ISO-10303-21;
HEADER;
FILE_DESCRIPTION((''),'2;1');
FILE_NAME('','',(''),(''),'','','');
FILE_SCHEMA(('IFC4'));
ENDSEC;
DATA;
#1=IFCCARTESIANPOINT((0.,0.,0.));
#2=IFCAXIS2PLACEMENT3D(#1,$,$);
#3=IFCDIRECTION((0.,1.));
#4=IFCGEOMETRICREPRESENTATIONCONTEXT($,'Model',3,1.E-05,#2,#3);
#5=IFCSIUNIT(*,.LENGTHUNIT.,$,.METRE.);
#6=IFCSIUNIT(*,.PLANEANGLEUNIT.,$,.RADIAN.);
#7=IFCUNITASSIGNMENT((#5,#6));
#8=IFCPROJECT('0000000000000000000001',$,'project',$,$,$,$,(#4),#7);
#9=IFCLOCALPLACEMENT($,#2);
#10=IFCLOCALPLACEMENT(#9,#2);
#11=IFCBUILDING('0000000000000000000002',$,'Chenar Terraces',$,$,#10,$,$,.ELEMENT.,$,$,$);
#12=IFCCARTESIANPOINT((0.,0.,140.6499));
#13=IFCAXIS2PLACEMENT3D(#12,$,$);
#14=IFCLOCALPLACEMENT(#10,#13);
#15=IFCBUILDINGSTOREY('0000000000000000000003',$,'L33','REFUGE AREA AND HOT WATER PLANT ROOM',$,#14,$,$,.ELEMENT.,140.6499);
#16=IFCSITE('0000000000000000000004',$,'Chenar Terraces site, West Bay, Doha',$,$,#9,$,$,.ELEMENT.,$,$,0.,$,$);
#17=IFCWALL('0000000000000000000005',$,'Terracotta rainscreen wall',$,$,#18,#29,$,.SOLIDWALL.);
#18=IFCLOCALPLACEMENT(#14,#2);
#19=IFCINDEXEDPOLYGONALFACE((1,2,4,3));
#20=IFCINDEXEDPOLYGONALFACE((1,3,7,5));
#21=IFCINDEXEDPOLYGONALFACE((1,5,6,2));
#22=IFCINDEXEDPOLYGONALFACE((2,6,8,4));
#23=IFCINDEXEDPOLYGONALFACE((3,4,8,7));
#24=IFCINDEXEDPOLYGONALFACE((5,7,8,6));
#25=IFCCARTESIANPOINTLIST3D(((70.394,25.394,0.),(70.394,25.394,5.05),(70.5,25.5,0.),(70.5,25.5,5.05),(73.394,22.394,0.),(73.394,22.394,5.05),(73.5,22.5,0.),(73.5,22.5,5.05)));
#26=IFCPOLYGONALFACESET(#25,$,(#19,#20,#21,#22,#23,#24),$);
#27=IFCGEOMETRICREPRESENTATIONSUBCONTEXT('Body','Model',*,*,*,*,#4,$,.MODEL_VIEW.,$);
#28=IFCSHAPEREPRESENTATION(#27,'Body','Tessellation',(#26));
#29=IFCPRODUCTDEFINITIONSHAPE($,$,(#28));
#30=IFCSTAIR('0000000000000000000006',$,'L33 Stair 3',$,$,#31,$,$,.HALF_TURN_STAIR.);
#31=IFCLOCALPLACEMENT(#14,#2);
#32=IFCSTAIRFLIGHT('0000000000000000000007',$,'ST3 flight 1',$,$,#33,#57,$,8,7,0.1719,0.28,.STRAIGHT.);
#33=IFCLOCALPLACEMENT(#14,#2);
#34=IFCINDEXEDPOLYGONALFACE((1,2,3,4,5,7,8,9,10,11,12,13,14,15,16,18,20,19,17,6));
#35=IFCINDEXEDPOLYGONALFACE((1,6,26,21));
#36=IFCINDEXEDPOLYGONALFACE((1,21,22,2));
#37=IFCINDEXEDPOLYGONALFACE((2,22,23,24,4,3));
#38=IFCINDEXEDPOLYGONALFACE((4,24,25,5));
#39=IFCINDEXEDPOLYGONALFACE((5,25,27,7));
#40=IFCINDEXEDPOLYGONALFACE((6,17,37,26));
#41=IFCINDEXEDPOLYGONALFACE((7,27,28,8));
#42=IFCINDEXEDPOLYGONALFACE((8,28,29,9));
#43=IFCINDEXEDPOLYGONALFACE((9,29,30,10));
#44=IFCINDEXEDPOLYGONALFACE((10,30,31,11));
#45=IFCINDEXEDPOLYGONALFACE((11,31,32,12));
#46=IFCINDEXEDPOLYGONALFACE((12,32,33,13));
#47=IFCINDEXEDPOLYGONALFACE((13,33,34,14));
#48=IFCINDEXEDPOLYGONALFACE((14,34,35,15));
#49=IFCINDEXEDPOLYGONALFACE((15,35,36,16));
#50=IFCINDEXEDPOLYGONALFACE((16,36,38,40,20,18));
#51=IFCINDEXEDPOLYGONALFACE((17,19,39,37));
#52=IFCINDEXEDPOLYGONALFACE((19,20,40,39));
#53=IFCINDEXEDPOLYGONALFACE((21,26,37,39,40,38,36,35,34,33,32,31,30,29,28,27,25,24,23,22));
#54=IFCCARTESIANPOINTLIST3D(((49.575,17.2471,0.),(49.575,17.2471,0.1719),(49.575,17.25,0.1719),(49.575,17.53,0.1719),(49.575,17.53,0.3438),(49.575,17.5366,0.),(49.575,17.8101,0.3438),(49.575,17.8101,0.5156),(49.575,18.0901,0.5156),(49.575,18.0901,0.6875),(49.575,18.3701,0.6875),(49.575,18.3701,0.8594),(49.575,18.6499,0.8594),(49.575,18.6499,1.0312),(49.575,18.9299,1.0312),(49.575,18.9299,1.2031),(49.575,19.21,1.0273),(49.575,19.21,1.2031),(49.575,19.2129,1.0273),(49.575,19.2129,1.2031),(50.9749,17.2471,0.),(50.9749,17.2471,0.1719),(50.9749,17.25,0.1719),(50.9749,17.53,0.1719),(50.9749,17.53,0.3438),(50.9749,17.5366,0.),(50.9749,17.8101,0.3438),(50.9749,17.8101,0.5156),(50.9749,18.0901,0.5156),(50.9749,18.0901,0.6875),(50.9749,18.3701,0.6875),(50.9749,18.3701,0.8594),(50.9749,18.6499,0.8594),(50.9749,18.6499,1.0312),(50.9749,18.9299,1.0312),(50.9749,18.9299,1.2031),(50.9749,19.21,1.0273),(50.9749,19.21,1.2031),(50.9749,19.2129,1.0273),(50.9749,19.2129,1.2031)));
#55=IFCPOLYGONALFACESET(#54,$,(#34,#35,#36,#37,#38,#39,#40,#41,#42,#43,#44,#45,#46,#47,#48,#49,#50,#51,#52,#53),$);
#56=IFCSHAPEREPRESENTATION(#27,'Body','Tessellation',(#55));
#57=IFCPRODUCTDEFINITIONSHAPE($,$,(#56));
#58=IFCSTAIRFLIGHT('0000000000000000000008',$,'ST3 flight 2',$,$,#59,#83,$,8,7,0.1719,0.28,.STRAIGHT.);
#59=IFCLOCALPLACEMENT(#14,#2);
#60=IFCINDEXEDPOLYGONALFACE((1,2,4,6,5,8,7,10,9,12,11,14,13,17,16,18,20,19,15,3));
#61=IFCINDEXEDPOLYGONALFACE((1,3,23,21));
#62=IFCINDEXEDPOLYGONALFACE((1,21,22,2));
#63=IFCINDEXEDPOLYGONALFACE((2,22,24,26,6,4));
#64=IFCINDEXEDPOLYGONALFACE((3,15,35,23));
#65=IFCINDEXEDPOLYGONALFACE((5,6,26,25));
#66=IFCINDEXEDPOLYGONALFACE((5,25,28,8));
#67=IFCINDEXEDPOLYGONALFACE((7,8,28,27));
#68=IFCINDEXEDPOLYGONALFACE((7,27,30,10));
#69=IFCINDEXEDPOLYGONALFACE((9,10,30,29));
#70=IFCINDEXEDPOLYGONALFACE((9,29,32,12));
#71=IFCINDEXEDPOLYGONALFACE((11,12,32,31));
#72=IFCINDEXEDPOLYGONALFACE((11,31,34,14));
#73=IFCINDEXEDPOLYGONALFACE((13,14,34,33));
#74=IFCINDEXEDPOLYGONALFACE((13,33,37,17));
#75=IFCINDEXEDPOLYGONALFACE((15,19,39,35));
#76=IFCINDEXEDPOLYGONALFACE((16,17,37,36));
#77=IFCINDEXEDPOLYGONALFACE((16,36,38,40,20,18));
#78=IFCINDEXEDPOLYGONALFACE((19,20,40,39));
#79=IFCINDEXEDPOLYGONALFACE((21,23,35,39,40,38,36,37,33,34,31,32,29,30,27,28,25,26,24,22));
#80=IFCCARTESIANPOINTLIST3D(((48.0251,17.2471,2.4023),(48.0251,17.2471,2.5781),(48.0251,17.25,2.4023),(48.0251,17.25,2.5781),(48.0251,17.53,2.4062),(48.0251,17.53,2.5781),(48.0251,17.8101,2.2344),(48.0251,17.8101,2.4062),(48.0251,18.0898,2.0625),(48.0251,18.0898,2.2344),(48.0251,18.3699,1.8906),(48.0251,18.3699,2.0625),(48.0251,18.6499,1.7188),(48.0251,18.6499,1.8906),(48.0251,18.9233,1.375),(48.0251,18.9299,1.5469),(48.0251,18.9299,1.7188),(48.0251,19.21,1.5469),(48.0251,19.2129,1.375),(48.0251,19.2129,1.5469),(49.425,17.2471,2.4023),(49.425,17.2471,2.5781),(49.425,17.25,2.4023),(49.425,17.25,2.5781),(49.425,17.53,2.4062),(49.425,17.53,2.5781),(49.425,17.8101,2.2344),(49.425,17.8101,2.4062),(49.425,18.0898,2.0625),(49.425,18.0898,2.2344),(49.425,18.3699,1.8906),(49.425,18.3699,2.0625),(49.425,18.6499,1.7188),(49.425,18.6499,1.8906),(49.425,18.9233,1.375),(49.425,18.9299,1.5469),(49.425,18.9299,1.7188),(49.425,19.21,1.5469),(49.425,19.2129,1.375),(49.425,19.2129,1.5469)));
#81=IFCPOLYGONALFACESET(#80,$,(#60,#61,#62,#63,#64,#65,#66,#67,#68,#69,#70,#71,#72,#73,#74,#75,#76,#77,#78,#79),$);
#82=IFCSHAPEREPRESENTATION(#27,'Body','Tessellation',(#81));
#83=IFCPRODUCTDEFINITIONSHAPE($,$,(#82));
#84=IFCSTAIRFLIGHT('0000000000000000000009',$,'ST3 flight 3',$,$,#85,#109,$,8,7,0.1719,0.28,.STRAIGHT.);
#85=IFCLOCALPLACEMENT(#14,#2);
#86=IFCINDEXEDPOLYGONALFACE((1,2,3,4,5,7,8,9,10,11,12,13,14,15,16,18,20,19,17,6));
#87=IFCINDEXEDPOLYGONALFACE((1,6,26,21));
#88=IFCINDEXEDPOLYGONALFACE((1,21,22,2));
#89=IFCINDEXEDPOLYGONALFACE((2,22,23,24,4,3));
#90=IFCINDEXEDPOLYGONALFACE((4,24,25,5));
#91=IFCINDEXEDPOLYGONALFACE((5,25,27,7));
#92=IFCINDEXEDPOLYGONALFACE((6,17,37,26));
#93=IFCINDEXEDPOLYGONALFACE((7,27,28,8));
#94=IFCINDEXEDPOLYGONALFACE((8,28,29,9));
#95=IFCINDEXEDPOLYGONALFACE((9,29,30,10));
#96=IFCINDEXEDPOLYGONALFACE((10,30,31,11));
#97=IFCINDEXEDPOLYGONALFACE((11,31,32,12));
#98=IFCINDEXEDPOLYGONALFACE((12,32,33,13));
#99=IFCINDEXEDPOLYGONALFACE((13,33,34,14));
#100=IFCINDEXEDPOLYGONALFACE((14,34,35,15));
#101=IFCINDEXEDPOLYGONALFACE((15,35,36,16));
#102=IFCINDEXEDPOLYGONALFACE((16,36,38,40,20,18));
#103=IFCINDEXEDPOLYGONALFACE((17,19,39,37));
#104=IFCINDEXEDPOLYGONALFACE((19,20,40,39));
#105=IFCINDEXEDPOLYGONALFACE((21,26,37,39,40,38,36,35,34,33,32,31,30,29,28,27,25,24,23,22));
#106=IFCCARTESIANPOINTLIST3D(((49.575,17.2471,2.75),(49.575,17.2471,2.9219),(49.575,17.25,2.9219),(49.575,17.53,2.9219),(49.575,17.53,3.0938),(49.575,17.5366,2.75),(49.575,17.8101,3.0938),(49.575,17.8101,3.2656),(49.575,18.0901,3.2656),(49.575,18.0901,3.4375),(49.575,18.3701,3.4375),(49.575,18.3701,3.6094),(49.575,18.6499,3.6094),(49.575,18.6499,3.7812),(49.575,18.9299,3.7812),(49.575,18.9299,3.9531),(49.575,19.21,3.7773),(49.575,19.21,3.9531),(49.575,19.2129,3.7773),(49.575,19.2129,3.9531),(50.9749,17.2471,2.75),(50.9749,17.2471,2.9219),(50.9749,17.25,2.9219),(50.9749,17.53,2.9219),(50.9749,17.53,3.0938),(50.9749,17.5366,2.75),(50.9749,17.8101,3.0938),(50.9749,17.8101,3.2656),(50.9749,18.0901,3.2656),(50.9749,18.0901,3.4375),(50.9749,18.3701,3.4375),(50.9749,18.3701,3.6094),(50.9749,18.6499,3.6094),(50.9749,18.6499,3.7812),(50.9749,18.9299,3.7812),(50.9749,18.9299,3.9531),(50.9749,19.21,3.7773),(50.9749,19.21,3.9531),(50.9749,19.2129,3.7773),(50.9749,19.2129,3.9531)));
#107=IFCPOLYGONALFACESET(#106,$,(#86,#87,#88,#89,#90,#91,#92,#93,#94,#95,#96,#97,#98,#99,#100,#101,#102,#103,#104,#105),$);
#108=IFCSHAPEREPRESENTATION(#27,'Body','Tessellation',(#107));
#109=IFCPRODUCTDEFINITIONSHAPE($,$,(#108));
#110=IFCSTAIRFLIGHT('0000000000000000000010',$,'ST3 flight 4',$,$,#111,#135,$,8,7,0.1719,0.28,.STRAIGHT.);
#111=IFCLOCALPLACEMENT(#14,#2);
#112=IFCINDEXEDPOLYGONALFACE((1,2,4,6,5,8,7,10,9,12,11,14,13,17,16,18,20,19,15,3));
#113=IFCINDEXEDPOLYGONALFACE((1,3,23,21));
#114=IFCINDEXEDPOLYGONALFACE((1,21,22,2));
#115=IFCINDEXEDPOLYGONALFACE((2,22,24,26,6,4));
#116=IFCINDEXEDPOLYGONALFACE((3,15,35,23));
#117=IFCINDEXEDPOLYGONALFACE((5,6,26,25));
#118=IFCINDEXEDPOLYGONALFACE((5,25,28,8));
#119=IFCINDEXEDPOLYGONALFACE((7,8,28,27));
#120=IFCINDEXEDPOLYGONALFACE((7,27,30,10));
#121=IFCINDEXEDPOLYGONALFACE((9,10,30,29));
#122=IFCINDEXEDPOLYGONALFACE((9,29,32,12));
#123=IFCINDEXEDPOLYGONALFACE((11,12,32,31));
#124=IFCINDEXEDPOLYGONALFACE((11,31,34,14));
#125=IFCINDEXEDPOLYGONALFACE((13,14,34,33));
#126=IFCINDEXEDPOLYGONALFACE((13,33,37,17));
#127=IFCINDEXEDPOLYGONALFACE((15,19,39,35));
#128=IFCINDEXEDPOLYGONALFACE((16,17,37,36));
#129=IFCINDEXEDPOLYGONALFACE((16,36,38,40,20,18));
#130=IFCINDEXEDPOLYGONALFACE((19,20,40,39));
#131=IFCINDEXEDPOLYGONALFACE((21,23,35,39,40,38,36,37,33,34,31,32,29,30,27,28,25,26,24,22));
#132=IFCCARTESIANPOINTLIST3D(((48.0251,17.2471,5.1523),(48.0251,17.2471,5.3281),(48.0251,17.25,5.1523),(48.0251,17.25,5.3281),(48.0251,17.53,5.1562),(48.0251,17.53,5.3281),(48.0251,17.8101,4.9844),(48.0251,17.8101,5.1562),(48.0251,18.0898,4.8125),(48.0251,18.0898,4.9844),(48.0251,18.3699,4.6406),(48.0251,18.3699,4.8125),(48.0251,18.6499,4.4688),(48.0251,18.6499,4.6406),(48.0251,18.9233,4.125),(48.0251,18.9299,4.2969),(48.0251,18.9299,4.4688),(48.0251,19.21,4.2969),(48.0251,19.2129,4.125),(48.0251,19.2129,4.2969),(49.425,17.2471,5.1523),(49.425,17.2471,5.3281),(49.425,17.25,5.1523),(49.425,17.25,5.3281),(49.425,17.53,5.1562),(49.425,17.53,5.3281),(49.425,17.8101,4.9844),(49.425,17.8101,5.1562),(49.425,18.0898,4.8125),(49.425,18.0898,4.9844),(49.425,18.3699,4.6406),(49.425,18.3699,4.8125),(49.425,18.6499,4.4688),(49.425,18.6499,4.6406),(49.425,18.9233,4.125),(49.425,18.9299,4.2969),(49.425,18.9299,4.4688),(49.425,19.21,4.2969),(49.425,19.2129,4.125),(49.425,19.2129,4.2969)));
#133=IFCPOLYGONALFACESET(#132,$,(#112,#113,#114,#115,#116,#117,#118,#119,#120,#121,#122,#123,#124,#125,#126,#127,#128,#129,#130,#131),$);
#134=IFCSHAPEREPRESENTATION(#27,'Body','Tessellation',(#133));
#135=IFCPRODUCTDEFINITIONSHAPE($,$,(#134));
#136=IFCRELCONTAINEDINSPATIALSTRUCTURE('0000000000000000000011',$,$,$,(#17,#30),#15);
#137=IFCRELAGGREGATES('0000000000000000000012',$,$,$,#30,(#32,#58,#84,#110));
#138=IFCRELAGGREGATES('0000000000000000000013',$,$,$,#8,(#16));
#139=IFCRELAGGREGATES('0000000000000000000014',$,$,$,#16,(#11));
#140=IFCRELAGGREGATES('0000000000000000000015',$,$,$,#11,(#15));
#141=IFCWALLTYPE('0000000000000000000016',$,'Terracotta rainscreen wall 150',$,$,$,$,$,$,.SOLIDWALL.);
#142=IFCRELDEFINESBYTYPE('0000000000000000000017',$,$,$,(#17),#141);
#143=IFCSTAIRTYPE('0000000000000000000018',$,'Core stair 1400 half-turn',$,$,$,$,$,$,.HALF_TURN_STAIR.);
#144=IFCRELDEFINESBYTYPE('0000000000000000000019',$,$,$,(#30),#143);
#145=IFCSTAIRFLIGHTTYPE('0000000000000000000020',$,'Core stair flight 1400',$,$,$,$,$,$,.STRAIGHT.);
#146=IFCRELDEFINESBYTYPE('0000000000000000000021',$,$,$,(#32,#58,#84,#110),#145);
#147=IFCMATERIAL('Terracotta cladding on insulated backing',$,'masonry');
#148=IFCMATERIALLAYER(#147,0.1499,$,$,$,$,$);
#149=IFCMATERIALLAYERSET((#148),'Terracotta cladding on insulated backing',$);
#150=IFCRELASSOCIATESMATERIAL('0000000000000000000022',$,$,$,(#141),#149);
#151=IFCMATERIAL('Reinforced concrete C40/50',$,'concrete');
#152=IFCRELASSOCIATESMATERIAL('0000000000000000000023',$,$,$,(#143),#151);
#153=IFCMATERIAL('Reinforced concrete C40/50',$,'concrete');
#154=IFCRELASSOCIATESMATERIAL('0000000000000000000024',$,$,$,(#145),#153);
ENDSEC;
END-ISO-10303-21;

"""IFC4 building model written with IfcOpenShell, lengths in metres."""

from ifc_helpers import new_model, si_unit, direction, frame, frame_2d, origin, place, context, subcontext, project, spatial, polyline, rectangle, outline, extrude, material, layer, layer_set, type_object, element, aggregate, save


model = new_model("IFC4")

# Units and contexts
model_context = context("Model", 3, precision=1e-05, world=origin(), true_north=direction((0.0, 1.0)))
body_context = subcontext(model_context, "Body", "Model", "MODEL_VIEW")
ifc_project = project(units=[si_unit("LENGTHUNIT", "METRE"), si_unit("PLANEANGLEUNIT", "RADIAN")], contexts=[model_context])

# Site, building, storey
site_placement = place(None, origin())
site = spatial("IfcSite", under=ifc_project, at=site_placement, Name="Chenar Terraces site, West Bay, Doha", CompositionType="ELEMENT", RefElevation=0.0)
building_placement = place(site_placement, origin())
building = spatial("IfcBuilding", under=site, at=building_placement, Name="Chenar Terraces", CompositionType="ELEMENT")
storey_placement = place(building_placement, frame((0.0, 0.0, 140.6499)))
storey = spatial("IfcBuildingStorey", under=building, at=storey_placement, Name="L33", Description="REFUGE AREA AND HOT WATER PLANT ROOM", CompositionType="ELEMENT", Elevation=140.6499)

# Wall
ifc_material_1 = material(Name="Terracotta cladding on insulated backing", Category="masonry")
ifc_layer_1 = layer(ifc_material_1, 0.1499)
ifc_layer_set_1 = layer_set([ifc_layer_1], Name="Terracotta cladding on insulated backing")
wall_type_1 = type_object("IfcWallType", Name="Terracotta rainscreen wall 150", PredefinedType="SOLIDWALL", material=ifc_layer_set_1)
wall_1_placement = place(storey_placement, frame((73.447, 22.447, 0.0), z_axis=(0.0, 0.0, 1.0), x_axis=(-0.707107, 0.707107, 0.0)))
element("IfcWall", 1, at=wall_1_placement, inside=storey, type_object=wall_type_1, Name="Terracotta rainscreen wall", PredefinedType="SOLIDWALL", context=body_context, shape_type="SweptSolid", body=[
    extrude(rectangle(XDim=4.2427, YDim=0.1499, at=frame_2d((2.1213, 0.0))), origin(), (0.0, 0.0, 1.0), 5.05),
])

# Stair, stair flights
ifc_material_2 = material(Name="Reinforced concrete C40/50", Category="concrete")
stair_type = type_object("IfcStairType", Name="Core stair 1400 half-turn", PredefinedType="HALF_TURN_STAIR", material=ifc_material_2)
stair_placement = place(storey_placement, origin())
stair = element("IfcStair", 2, at=stair_placement, inside=storey, type_object=stair_type, Name="L33 Stair 3", PredefinedType="HALF_TURN_STAIR")
ifc_material_3 = material(Name="Reinforced concrete C40/50", Category="concrete")
stair_flight_type = type_object("IfcStairFlightType", Name="Core stair flight 1400", PredefinedType="STRAIGHT", material=ifc_material_3)
stair_flight_1_placement = place(storey_placement, frame((50.2749, 17.25, 0.0), z_axis=(0.0, 0.0, 1.0), x_axis=(0.0, 1.0, 0.0)))
stair_flight_1 = element("IfcStairFlight", 3, at=stair_flight_1_placement, type_object=stair_flight_type, Name="ST3 flight 1", NumberOfRisers=8, NumberOfTreads=7, PredefinedType="STRAIGHT", RiserHeight=0.1719, TreadLength=0.28, context=body_context, shape_type="SweptSolid", body=[
    extrude(outline(polyline([(-0.0029, 0.0), (-0.0029, 0.1719), (0.0, 0.1719), (0.28, 0.1719), (0.28, 0.3438), (0.5601, 0.3438), (0.5601, 0.5156), (0.8401, 0.5156), (0.8401, 0.6875), (1.1201, 0.6875), (1.1201, 0.8594), (1.3999, 0.8594), (1.3999, 1.0312), (1.6799, 1.0312), (1.6799, 1.2031), (1.96, 1.2031), (1.9629, 1.2031), (1.9629, 1.0273), (1.96, 1.0273), (0.2866, 0.0), (-0.0029, 0.0)])), frame((0.0, 0.7, 0.0), z_axis=(0.0, -1.0, 0.0), x_axis=(1.0, 0.0, 0.0)), (0.0, 0.0, 1.0), 1.3999),
])
stair_flight_2_placement = place(storey_placement, frame((48.7251, 19.21, 1.375), z_axis=(0.0, 0.0, 1.0), x_axis=(0.0, -1.0, 0.0)))
stair_flight_2 = element("IfcStairFlight", 4, at=stair_flight_2_placement, type_object=stair_flight_type, Name="ST3 flight 2", NumberOfRisers=8, NumberOfTreads=7, PredefinedType="STRAIGHT", RiserHeight=0.1719, TreadLength=0.28, context=body_context, shape_type="SweptSolid", body=[
    extrude(outline(polyline([(-0.0029, 0.0), (-0.0029, 0.1719), (0.0, 0.1719), (0.28, 0.1719), (0.28, 0.3438), (0.5601, 0.3438), (0.5601, 0.5156), (0.8401, 0.5156), (0.8401, 0.6875), (1.1201, 0.6875), (1.1201, 0.8594), (1.3999, 0.8594), (1.3999, 1.0312), (1.6799, 1.0312), (1.6799, 1.2031), (1.96, 1.2031), (1.9629, 1.2031), (1.9629, 1.0273), (1.96, 1.0273), (0.2866, 0.0), (-0.0029, 0.0)])), frame((0.0, 0.7, 0.0), z_axis=(0.0, -1.0, 0.0), x_axis=(1.0, 0.0, 0.0)), (0.0, 0.0, 1.0), 1.3999),
])
stair_flight_3_placement = place(storey_placement, frame((50.2749, 17.25, 2.75), z_axis=(0.0, 0.0, 1.0), x_axis=(0.0, 1.0, 0.0)))
stair_flight_3 = element("IfcStairFlight", 5, at=stair_flight_3_placement, type_object=stair_flight_type, Name="ST3 flight 3", NumberOfRisers=8, NumberOfTreads=7, PredefinedType="STRAIGHT", RiserHeight=0.1719, TreadLength=0.28, context=body_context, shape_type="SweptSolid", body=[
    extrude(outline(polyline([(-0.0029, 0.0), (-0.0029, 0.1719), (0.0, 0.1719), (0.28, 0.1719), (0.28, 0.3438), (0.5601, 0.3438), (0.5601, 0.5156), (0.8401, 0.5156), (0.8401, 0.6875), (1.1201, 0.6875), (1.1201, 0.8594), (1.3999, 0.8594), (1.3999, 1.0312), (1.6799, 1.0312), (1.6799, 1.2031), (1.96, 1.2031), (1.9629, 1.2031), (1.9629, 1.0273), (1.96, 1.0273), (0.2866, 0.0), (-0.0029, 0.0)])), frame((0.0, 0.7, 0.0), z_axis=(0.0, -1.0, 0.0), x_axis=(1.0, 0.0, 0.0)), (0.0, 0.0, 1.0), 1.3999),
])
stair_flight_4_placement = place(storey_placement, frame((48.7251, 19.21, 4.125), z_axis=(0.0, 0.0, 1.0), x_axis=(0.0, -1.0, 0.0)))
stair_flight_4 = element("IfcStairFlight", 6, at=stair_flight_4_placement, type_object=stair_flight_type, Name="ST3 flight 4", NumberOfRisers=8, NumberOfTreads=7, PredefinedType="STRAIGHT", RiserHeight=0.1719, TreadLength=0.28, context=body_context, shape_type="SweptSolid", body=[
    extrude(outline(polyline([(-0.0029, 0.0), (-0.0029, 0.1719), (0.0, 0.1719), (0.28, 0.1719), (0.28, 0.3438), (0.5601, 0.3438), (0.5601, 0.5156), (0.8401, 0.5156), (0.8401, 0.6875), (1.1201, 0.6875), (1.1201, 0.8594), (1.3999, 0.8594), (1.3999, 1.0312), (1.6799, 1.0312), (1.6799, 1.2031), (1.96, 1.2031), (1.9629, 1.2031), (1.9629, 1.0273), (1.96, 1.0273), (0.2866, 0.0), (-0.0029, 0.0)])), frame((0.0, 0.7, 0.0), z_axis=(0.0, -1.0, 0.0), x_axis=(1.0, 0.0, 0.0)), (0.0, 0.0, 1.0), 1.3999),
])
aggregate(stair, [stair_flight_1, stair_flight_2, stair_flight_3, stair_flight_4])

save(model, "model.ifc")
